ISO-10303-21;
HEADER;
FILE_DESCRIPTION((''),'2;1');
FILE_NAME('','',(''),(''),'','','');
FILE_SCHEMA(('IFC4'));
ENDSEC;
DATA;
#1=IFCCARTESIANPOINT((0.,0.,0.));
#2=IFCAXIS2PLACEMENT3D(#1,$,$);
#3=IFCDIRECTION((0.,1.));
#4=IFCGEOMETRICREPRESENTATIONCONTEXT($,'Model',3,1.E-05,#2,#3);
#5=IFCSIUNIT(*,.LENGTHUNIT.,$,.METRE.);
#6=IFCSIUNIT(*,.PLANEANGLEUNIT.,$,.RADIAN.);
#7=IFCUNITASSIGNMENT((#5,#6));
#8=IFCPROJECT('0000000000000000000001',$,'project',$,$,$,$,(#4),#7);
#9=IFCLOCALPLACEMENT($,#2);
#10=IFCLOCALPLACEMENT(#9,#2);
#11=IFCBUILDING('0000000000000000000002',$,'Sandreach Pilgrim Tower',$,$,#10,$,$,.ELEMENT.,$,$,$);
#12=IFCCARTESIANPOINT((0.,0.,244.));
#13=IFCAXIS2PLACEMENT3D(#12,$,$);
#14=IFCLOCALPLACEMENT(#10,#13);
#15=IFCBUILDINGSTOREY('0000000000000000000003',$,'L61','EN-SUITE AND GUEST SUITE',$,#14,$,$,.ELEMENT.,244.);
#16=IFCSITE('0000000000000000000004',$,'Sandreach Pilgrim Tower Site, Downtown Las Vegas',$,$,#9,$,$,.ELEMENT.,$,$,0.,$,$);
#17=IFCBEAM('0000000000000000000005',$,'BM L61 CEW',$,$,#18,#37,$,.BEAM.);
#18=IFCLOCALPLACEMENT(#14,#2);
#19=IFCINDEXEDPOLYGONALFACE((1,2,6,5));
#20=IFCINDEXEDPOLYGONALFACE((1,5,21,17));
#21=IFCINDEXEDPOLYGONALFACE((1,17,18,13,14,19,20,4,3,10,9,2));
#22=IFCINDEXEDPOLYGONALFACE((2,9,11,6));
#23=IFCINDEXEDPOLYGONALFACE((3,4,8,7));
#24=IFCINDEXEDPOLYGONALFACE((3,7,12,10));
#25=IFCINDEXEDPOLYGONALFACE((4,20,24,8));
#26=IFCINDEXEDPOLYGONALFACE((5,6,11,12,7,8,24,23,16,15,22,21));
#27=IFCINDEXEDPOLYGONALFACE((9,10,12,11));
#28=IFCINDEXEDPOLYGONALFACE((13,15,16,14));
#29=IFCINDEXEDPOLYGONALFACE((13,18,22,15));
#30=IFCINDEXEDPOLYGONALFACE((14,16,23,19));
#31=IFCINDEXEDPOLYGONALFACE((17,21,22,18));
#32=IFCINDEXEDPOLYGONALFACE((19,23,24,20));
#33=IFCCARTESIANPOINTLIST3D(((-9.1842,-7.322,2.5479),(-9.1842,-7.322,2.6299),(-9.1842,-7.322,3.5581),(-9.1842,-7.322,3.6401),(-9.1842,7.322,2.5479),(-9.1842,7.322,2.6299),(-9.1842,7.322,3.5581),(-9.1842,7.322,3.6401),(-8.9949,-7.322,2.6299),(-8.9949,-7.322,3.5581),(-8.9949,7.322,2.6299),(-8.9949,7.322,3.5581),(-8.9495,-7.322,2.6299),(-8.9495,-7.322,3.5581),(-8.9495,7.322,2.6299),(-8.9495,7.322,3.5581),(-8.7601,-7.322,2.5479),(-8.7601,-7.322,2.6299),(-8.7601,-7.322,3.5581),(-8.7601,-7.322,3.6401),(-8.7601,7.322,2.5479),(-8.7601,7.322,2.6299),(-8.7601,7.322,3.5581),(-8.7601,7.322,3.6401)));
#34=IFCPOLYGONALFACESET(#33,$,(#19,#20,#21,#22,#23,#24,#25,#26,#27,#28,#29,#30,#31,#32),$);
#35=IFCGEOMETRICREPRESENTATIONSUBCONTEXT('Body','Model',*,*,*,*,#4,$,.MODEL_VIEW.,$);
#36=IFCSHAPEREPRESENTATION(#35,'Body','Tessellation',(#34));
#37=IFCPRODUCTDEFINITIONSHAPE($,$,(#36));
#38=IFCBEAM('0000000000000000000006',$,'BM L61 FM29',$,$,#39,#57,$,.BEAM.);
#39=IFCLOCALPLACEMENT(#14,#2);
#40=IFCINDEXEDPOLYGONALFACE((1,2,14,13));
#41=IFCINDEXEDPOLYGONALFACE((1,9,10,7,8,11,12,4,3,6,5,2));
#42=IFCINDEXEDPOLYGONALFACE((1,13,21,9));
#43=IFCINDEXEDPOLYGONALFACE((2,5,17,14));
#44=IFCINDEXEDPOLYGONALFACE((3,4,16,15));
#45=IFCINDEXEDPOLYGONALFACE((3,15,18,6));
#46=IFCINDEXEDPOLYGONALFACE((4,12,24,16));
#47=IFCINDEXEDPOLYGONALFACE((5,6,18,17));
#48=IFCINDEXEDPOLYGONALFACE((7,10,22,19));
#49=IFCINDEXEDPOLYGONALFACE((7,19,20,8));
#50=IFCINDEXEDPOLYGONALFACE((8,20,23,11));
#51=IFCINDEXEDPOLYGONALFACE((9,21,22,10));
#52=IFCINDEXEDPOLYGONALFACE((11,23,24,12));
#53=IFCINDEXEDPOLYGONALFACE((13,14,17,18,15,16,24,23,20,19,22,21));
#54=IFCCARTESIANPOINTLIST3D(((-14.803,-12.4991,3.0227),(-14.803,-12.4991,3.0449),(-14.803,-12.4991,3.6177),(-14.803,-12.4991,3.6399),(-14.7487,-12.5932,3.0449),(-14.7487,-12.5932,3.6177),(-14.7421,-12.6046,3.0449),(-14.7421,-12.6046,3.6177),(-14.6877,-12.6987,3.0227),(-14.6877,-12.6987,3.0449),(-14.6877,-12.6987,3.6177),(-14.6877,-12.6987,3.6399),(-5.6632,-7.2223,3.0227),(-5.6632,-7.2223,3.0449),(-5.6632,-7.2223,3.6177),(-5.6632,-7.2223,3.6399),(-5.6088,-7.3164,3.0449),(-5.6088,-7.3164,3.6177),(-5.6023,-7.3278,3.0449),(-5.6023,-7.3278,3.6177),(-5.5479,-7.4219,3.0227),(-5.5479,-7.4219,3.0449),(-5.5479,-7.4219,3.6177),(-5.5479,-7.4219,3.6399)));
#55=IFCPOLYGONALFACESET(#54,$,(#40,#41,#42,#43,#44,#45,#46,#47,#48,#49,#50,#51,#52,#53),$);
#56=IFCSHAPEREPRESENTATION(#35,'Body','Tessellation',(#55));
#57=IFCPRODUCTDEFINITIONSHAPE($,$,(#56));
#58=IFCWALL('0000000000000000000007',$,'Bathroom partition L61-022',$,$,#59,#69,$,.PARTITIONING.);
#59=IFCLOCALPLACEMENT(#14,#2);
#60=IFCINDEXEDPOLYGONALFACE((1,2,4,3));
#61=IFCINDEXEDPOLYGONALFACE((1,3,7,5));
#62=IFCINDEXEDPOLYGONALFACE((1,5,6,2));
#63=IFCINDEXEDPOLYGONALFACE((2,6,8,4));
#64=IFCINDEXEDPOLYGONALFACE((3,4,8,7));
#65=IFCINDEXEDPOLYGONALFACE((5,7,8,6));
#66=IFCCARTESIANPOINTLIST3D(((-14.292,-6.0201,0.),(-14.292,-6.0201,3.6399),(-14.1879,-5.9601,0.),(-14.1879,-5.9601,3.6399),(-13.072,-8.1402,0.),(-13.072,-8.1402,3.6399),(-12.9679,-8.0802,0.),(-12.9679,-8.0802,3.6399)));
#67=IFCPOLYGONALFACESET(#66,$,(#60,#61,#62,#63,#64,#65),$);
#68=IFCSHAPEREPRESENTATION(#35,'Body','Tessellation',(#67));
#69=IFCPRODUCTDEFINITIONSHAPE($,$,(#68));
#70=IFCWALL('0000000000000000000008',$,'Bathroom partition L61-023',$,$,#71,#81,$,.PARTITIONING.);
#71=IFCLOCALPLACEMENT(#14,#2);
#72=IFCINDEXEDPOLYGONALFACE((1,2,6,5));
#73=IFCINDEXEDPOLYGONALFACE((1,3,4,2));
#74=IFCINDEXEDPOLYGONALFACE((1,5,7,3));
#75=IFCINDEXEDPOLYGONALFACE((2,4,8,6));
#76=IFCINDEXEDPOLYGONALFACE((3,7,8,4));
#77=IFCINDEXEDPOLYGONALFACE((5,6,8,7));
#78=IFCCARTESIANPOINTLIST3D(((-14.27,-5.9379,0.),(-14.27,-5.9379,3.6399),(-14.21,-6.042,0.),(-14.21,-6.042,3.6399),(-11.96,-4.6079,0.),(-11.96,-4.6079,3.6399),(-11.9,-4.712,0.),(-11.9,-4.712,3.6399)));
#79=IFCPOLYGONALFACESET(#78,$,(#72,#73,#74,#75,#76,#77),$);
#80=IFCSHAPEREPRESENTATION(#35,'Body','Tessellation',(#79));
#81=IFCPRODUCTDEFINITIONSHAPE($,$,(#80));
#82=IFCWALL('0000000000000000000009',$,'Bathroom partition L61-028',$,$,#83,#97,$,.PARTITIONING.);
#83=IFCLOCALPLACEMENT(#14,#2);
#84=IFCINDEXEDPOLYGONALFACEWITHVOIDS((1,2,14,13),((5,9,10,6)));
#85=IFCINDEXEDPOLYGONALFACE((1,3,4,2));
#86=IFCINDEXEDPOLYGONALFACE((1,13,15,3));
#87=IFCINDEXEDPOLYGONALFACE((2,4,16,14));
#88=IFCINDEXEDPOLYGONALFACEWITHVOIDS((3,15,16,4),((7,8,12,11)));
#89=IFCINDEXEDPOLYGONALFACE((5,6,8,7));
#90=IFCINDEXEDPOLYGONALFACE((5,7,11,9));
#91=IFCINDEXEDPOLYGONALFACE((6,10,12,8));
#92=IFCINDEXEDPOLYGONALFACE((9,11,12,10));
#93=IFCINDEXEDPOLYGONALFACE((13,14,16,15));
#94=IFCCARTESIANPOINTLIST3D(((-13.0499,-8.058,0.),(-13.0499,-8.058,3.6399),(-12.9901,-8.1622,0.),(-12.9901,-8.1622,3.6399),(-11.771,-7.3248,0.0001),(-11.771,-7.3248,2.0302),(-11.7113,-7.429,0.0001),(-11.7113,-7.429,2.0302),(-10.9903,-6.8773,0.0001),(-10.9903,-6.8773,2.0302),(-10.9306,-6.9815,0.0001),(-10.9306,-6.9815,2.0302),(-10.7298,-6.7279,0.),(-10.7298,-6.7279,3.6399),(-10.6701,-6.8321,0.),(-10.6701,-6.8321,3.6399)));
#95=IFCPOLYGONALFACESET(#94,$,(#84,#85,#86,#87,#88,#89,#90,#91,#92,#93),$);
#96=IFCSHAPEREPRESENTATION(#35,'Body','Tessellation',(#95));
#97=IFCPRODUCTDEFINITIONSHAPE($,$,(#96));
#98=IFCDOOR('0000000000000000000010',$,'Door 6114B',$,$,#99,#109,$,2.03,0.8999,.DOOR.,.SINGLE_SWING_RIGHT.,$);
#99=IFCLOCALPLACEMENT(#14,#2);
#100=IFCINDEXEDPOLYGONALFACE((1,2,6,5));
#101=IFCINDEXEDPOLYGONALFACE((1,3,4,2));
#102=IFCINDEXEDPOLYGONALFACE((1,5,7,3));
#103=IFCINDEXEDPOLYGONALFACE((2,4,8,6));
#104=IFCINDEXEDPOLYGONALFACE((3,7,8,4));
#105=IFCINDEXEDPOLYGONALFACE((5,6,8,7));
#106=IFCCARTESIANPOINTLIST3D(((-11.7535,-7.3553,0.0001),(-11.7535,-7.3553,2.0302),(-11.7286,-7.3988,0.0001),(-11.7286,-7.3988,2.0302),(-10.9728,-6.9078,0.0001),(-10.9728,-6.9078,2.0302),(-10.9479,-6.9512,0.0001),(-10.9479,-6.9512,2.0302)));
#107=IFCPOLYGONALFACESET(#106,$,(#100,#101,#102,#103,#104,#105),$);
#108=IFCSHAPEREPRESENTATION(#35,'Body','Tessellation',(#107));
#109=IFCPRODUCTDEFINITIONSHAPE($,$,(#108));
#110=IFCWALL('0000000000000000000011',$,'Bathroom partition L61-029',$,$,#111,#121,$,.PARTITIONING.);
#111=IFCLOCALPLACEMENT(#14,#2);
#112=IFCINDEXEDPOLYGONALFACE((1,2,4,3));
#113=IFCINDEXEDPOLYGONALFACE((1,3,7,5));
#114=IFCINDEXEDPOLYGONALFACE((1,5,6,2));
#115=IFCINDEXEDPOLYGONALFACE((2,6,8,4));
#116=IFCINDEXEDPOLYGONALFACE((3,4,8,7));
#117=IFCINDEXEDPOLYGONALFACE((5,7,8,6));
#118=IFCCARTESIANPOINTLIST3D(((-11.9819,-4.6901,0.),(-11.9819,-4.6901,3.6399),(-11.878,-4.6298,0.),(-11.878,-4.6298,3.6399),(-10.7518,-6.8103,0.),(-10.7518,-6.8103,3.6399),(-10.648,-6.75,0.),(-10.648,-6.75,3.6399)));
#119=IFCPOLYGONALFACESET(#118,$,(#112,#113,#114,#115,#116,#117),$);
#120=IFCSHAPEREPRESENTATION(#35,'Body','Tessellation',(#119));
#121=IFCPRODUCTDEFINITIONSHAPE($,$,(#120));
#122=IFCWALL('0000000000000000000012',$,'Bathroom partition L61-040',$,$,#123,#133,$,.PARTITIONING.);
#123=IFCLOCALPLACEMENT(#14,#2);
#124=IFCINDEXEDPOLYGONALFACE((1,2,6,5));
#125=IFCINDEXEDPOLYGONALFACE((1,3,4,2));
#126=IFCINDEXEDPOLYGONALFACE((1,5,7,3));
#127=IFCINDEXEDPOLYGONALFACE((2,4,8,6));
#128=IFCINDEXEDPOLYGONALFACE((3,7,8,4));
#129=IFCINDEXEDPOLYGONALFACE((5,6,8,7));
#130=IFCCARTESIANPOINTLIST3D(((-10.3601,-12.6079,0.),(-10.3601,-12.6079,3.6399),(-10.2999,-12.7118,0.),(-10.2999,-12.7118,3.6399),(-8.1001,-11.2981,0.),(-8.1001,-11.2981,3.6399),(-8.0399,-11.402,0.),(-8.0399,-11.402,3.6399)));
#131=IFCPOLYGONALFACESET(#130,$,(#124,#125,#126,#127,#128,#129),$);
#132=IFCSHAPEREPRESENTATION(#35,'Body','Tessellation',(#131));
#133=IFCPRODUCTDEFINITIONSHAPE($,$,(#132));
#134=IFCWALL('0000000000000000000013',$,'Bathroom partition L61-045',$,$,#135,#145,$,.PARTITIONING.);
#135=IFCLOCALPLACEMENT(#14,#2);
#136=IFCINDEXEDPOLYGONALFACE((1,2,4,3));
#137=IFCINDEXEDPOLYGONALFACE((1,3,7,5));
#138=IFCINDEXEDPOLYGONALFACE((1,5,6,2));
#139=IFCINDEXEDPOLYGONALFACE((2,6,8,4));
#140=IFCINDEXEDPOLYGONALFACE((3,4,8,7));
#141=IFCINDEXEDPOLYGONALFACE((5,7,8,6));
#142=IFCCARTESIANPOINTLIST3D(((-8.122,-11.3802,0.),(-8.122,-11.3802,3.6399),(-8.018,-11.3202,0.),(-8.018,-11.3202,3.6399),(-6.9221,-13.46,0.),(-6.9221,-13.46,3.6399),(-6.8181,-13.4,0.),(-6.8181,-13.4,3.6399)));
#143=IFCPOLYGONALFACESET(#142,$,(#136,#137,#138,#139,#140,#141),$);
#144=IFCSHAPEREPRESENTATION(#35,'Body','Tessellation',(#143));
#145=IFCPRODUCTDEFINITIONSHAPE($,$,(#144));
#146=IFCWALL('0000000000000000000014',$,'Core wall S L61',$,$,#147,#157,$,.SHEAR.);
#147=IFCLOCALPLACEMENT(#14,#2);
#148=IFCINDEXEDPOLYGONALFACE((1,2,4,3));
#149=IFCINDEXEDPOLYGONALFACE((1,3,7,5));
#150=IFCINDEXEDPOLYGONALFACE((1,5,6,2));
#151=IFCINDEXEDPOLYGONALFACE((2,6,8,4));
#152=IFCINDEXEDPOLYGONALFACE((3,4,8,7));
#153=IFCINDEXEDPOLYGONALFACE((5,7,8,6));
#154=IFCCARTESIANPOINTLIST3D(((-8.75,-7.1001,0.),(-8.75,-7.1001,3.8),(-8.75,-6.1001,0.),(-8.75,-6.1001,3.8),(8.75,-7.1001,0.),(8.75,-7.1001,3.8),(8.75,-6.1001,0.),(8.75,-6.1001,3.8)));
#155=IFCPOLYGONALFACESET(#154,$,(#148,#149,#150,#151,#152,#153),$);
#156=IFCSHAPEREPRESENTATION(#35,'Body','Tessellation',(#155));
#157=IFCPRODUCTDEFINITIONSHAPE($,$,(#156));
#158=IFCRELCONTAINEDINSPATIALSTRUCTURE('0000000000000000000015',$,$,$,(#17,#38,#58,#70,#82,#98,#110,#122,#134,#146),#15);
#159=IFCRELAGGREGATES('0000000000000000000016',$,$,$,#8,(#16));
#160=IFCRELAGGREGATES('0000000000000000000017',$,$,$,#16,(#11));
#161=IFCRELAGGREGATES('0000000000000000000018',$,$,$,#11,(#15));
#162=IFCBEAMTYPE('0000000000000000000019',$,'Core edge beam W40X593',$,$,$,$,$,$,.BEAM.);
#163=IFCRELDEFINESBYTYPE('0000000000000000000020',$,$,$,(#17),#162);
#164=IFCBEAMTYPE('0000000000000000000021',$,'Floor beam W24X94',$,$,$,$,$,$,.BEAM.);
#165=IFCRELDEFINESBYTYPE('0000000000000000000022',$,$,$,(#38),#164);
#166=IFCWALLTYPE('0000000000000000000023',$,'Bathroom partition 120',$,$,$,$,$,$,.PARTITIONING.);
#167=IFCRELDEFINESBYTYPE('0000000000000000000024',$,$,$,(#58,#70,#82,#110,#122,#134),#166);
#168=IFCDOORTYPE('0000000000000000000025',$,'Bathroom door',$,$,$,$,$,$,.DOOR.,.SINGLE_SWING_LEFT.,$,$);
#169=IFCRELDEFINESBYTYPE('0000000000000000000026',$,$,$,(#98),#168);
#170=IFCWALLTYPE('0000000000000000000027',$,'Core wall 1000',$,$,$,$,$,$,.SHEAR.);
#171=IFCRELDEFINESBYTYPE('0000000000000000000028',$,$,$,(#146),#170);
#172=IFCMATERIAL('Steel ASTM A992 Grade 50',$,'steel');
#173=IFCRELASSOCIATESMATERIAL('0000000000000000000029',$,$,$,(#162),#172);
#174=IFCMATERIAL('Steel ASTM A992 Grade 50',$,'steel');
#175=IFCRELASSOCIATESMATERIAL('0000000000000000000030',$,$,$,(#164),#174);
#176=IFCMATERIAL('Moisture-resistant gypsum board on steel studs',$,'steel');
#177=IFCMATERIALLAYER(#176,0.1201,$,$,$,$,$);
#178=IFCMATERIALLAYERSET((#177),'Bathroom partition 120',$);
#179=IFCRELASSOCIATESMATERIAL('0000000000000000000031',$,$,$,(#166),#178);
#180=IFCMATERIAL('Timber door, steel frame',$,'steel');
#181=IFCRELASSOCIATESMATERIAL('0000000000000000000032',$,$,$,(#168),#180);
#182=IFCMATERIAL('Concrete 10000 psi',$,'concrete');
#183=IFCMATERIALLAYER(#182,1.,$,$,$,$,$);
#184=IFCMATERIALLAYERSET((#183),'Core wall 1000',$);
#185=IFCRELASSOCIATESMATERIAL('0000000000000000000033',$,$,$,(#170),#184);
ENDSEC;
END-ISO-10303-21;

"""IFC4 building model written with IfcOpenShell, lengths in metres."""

from ifc_helpers import new_model, si_unit, direction, frame, frame_2d, origin, origin_2d, place, context, subcontext, project, spatial, rectangle, i_section, extrude, material, layer, layer_set, material_profile, profile_set, type_object, element, fill, save


model = new_model("IFC4")

# Units and contexts
model_context = context("Model", 3, precision=1e-05, world=origin(), true_north=direction((0.0, 1.0)))
body_context = subcontext(model_context, "Body", "Model", "MODEL_VIEW")
ifc_project = project(units=[si_unit("LENGTHUNIT", "METRE"), si_unit("PLANEANGLEUNIT", "RADIAN")], contexts=[model_context])

# Site, building, storey
site_placement = place(None, origin())
site = spatial("IfcSite", under=ifc_project, at=site_placement, Name="Sandreach Pilgrim Tower Site, Downtown Las Vegas", CompositionType="ELEMENT", RefElevation=0.0)
building_placement = place(site_placement, origin())
building = spatial("IfcBuilding", under=site, at=building_placement, Name="Sandreach Pilgrim Tower", CompositionType="ELEMENT")
storey_placement = place(building_placement, frame((0.0, 0.0, 244.0)))
storey = spatial("IfcBuildingStorey", under=building, at=storey_placement, Name="L61", Description="EN-SUITE AND GUEST SUITE", CompositionType="ELEMENT", Elevation=244.0)

# Beams
ifc_material_1 = material(Name="Steel ASTM A992 Grade 50", Category="steel")
ifc_material_profile_1 = material_profile(ifc_material_1, i_section(OverallWidth=0.4241, OverallDepth=1.0923, WebThickness=0.0454, FlangeThickness=0.082, at=origin_2d()), Name="W40X593")
ifc_profile_set_1 = profile_set([ifc_material_profile_1], Name="Steel ASTM A992 Grade 50")
beam_type_1 = type_object("IfcBeamType", Name="Core edge beam W40X593", PredefinedType="BEAM", material=ifc_profile_set_1)
beam_1_placement = place(storey_placement, frame((-8.9722, -7.322, 3.094), z_axis=(0.0, 1.0, 0.0), x_axis=(-1.0, 0.0, 0.0)))
element("IfcBeam", 1, at=beam_1_placement, inside=storey, type_object=beam_type_1, Name="BM L61 CEW", PredefinedType="BEAM", context=body_context, shape_type="SweptSolid", body=[
    extrude(i_section(OverallWidth=0.4241, OverallDepth=1.0923, WebThickness=0.0454, FlangeThickness=0.082, at=origin_2d()), origin(), (0.0, 0.0, 1.0), 14.644),
])
ifc_material_2 = material(Name="Steel ASTM A992 Grade 50", Category="steel")
ifc_material_profile_2 = material_profile(ifc_material_2, i_section(OverallWidth=0.2305, OverallDepth=0.6172, WebThickness=0.0132, FlangeThickness=0.0222, at=origin_2d()), Name="W24X94")
ifc_profile_set_2 = profile_set([ifc_material_profile_2], Name="Steel ASTM A992 Grade 50")
beam_type_2 = type_object("IfcBeamType", Name="Floor beam W24X94", PredefinedType="BEAM", material=ifc_profile_set_2)
beam_2_placement = place(storey_placement, frame((-14.7454, -12.5989, 3.3313), z_axis=(0.866028, 0.499995, 0.0), x_axis=(-0.499995, 0.866028, 0.0)))
element("IfcBeam", 2, at=beam_2_placement, inside=storey, type_object=beam_type_2, Name="BM L61 FM29", PredefinedType="BEAM", context=body_context, shape_type="SweptSolid", body=[
    extrude(i_section(OverallWidth=0.2305, OverallDepth=0.6172, WebThickness=0.0132, FlangeThickness=0.0222, at=origin_2d()), origin(), (0.0, 0.0, 1.0), 10.5537),
])

# Walls
ifc_material_3 = material(Name="Moisture-resistant gypsum board on steel studs", Category="steel")
ifc_layer_1 = layer(ifc_material_3, 0.1201)
ifc_layer_set_1 = layer_set([ifc_layer_1], Name="Bathroom partition 120")
wall_type_1 = type_object("IfcWallType", Name="Bathroom partition 120", PredefinedType="PARTITIONING", material=ifc_layer_set_1)
wall_1_placement = place(storey_placement, frame((-14.24, -5.99, 0.0), z_axis=(0.0, 0.0, 1.0), x_axis=(0.498749, -0.866747, 0.0)))
element("IfcWall", 3, at=wall_1_placement, inside=storey, type_object=wall_type_1, Name="Bathroom partition L61-022", PredefinedType="PARTITIONING", context=body_context, shape_type="SweptSolid", body=[
    extrude(rectangle(XDim=2.446, YDim=0.1201, at=frame_2d((1.2231, 0.0))), origin(), (0.0, 0.0, 1.0), 3.6399),
])
wall_2_placement = place(storey_placement, frame((-14.24, -5.99, 0.0), z_axis=(0.0, 0.0, 1.0), x_axis=(0.866615, 0.498977, 0.0)))
element("IfcWall", 4, at=wall_2_placement, inside=storey, type_object=wall_type_1, Name="Bathroom partition L61-023", PredefinedType="PARTITIONING", context=body_context, shape_type="SweptSolid", body=[
    extrude(rectangle(XDim=2.6655, YDim=0.1201, at=frame_2d((1.3328, 0.0))), origin(), (0.0, 0.0, 1.0), 3.6399),
])

# Wall, opening, door
wall_3_placement = place(storey_placement, frame((-13.02, -8.1101, 0.0), z_axis=(0.0, 0.0, 1.0), x_axis=(0.867546, 0.497358, 0.0)))
wall_3 = element("IfcWall", 5, at=wall_3_placement, inside=storey, type_object=wall_type_1, Name="Bathroom partition L61-028", PredefinedType="PARTITIONING", context=body_context, shape_type="SweptSolid", body=[
    extrude(rectangle(XDim=2.6743, YDim=0.1201, at=frame_2d((1.3372, 0.0))), origin(), (0.0, 0.0, 1.0), 3.6399),
])
opening_1_placement = place(wall_3_placement, frame((1.4741, 0.0, 0.0)))
opening_1 = element("IfcOpeningElement", 6, at=opening_1_placement, cuts=wall_3, PredefinedType="OPENING", context=body_context, shape_type="SweptSolid", body=[
    extrude(rectangle(XDim=0.8999, YDim=2.03, at=frame_2d((0.45, 1.0151))), frame((0.0, 0.0601, 0.0), z_axis=(0.0, -1.0, 0.0), x_axis=(1.0, 0.0, 0.0)), (0.0, 0.0, 1.0), 0.1201),
])
ifc_material_4 = material(Name="Timber door, steel frame", Category="steel")
door_type_1 = type_object("IfcDoorType", Name="Bathroom door", OperationType="SINGLE_SWING_LEFT", PredefinedType="DOOR", material=ifc_material_4)
door_1_placement = place(opening_1_placement, origin())
door_1 = element("IfcDoor", 7, at=door_1_placement, inside=storey, type_object=door_type_1, Name="Door 6114B", OperationType="SINGLE_SWING_RIGHT", OverallHeight=2.03, OverallWidth=0.8999, PredefinedType="DOOR", context=body_context, shape_type="SweptSolid", body=[
    extrude(rectangle(XDim=0.8999, YDim=2.03, at=frame_2d((0.45, 1.0151))), frame((0.0, 0.0249, 0.0), z_axis=(0.0, -1.0, 0.0), x_axis=(1.0, 0.0, 0.0)), (0.0, 0.0, 1.0), 0.05),
])
fill(opening_1, door_1)

# Walls
wall_4_placement = place(storey_placement, frame((-11.9299, -4.6599, 0.0), z_axis=(0.0, 0.0, 1.0), x_axis=(0.501813, -0.864976, 0.0)))
element("IfcWall", 8, at=wall_4_placement, inside=storey, type_object=wall_type_1, Name="Bathroom partition L61-029", PredefinedType="PARTITIONING", context=body_context, shape_type="SweptSolid", body=[
    extrude(rectangle(XDim=2.4512, YDim=0.1201, at=frame_2d((1.2256, 0.0))), origin(), (0.0, 0.0, 1.0), 3.6399),
])
wall_5_placement = place(storey_placement, frame((-10.3301, -12.6599, 0.0), z_axis=(0.0, 0.0, 1.0), x_axis=(0.865196, 0.501434, 0.0)))
element("IfcWall", 9, at=wall_5_placement, inside=storey, type_object=wall_type_1, Name="Bathroom partition L61-040", PredefinedType="PARTITIONING", context=body_context, shape_type="SweptSolid", body=[
    extrude(rectangle(XDim=2.6121, YDim=0.1201, at=frame_2d((1.3062, 0.0))), origin(), (0.0, 0.0, 1.0), 3.6399),
])
wall_6_placement = place(storey_placement, frame((-8.0701, -11.3501, 0.0), z_axis=(0.0, 0.0, 1.0), x_axis=(0.499737, -0.866177, 0.0)))
element("IfcWall", 10, at=wall_6_placement, inside=storey, type_object=wall_type_1, Name="Bathroom partition L61-045", PredefinedType="PARTITIONING", context=body_context, shape_type="SweptSolid", body=[
    extrude(rectangle(XDim=2.4011, YDim=0.1201, at=frame_2d((1.2007, 0.0))), origin(), (0.0, 0.0, 1.0), 3.6399),
])
ifc_material_5 = material(Name="Concrete 10000 psi", Category="concrete")
ifc_layer_2 = layer(ifc_material_5, 1.0)
ifc_layer_set_2 = layer_set([ifc_layer_2], Name="Core wall 1000")
wall_type_2 = type_object("IfcWallType", Name="Core wall 1000", PredefinedType="SHEAR", material=ifc_layer_set_2)
wall_7_placement = place(storey_placement, frame((-8.75, -6.6001, 0.0), z_axis=(0.0, 0.0, 1.0), x_axis=(1.0, 0.0, 0.0)))
element("IfcWall", 11, at=wall_7_placement, inside=storey, type_object=wall_type_2, Name="Core wall S L61", PredefinedType="SHEAR", context=body_context, shape_type="SweptSolid", body=[
    extrude(rectangle(XDim=17.5, YDim=1.0, at=frame_2d((8.75, 0.0))), origin(), (0.0, 0.0, 1.0), 3.8),
])

save(model, "model.ifc")
